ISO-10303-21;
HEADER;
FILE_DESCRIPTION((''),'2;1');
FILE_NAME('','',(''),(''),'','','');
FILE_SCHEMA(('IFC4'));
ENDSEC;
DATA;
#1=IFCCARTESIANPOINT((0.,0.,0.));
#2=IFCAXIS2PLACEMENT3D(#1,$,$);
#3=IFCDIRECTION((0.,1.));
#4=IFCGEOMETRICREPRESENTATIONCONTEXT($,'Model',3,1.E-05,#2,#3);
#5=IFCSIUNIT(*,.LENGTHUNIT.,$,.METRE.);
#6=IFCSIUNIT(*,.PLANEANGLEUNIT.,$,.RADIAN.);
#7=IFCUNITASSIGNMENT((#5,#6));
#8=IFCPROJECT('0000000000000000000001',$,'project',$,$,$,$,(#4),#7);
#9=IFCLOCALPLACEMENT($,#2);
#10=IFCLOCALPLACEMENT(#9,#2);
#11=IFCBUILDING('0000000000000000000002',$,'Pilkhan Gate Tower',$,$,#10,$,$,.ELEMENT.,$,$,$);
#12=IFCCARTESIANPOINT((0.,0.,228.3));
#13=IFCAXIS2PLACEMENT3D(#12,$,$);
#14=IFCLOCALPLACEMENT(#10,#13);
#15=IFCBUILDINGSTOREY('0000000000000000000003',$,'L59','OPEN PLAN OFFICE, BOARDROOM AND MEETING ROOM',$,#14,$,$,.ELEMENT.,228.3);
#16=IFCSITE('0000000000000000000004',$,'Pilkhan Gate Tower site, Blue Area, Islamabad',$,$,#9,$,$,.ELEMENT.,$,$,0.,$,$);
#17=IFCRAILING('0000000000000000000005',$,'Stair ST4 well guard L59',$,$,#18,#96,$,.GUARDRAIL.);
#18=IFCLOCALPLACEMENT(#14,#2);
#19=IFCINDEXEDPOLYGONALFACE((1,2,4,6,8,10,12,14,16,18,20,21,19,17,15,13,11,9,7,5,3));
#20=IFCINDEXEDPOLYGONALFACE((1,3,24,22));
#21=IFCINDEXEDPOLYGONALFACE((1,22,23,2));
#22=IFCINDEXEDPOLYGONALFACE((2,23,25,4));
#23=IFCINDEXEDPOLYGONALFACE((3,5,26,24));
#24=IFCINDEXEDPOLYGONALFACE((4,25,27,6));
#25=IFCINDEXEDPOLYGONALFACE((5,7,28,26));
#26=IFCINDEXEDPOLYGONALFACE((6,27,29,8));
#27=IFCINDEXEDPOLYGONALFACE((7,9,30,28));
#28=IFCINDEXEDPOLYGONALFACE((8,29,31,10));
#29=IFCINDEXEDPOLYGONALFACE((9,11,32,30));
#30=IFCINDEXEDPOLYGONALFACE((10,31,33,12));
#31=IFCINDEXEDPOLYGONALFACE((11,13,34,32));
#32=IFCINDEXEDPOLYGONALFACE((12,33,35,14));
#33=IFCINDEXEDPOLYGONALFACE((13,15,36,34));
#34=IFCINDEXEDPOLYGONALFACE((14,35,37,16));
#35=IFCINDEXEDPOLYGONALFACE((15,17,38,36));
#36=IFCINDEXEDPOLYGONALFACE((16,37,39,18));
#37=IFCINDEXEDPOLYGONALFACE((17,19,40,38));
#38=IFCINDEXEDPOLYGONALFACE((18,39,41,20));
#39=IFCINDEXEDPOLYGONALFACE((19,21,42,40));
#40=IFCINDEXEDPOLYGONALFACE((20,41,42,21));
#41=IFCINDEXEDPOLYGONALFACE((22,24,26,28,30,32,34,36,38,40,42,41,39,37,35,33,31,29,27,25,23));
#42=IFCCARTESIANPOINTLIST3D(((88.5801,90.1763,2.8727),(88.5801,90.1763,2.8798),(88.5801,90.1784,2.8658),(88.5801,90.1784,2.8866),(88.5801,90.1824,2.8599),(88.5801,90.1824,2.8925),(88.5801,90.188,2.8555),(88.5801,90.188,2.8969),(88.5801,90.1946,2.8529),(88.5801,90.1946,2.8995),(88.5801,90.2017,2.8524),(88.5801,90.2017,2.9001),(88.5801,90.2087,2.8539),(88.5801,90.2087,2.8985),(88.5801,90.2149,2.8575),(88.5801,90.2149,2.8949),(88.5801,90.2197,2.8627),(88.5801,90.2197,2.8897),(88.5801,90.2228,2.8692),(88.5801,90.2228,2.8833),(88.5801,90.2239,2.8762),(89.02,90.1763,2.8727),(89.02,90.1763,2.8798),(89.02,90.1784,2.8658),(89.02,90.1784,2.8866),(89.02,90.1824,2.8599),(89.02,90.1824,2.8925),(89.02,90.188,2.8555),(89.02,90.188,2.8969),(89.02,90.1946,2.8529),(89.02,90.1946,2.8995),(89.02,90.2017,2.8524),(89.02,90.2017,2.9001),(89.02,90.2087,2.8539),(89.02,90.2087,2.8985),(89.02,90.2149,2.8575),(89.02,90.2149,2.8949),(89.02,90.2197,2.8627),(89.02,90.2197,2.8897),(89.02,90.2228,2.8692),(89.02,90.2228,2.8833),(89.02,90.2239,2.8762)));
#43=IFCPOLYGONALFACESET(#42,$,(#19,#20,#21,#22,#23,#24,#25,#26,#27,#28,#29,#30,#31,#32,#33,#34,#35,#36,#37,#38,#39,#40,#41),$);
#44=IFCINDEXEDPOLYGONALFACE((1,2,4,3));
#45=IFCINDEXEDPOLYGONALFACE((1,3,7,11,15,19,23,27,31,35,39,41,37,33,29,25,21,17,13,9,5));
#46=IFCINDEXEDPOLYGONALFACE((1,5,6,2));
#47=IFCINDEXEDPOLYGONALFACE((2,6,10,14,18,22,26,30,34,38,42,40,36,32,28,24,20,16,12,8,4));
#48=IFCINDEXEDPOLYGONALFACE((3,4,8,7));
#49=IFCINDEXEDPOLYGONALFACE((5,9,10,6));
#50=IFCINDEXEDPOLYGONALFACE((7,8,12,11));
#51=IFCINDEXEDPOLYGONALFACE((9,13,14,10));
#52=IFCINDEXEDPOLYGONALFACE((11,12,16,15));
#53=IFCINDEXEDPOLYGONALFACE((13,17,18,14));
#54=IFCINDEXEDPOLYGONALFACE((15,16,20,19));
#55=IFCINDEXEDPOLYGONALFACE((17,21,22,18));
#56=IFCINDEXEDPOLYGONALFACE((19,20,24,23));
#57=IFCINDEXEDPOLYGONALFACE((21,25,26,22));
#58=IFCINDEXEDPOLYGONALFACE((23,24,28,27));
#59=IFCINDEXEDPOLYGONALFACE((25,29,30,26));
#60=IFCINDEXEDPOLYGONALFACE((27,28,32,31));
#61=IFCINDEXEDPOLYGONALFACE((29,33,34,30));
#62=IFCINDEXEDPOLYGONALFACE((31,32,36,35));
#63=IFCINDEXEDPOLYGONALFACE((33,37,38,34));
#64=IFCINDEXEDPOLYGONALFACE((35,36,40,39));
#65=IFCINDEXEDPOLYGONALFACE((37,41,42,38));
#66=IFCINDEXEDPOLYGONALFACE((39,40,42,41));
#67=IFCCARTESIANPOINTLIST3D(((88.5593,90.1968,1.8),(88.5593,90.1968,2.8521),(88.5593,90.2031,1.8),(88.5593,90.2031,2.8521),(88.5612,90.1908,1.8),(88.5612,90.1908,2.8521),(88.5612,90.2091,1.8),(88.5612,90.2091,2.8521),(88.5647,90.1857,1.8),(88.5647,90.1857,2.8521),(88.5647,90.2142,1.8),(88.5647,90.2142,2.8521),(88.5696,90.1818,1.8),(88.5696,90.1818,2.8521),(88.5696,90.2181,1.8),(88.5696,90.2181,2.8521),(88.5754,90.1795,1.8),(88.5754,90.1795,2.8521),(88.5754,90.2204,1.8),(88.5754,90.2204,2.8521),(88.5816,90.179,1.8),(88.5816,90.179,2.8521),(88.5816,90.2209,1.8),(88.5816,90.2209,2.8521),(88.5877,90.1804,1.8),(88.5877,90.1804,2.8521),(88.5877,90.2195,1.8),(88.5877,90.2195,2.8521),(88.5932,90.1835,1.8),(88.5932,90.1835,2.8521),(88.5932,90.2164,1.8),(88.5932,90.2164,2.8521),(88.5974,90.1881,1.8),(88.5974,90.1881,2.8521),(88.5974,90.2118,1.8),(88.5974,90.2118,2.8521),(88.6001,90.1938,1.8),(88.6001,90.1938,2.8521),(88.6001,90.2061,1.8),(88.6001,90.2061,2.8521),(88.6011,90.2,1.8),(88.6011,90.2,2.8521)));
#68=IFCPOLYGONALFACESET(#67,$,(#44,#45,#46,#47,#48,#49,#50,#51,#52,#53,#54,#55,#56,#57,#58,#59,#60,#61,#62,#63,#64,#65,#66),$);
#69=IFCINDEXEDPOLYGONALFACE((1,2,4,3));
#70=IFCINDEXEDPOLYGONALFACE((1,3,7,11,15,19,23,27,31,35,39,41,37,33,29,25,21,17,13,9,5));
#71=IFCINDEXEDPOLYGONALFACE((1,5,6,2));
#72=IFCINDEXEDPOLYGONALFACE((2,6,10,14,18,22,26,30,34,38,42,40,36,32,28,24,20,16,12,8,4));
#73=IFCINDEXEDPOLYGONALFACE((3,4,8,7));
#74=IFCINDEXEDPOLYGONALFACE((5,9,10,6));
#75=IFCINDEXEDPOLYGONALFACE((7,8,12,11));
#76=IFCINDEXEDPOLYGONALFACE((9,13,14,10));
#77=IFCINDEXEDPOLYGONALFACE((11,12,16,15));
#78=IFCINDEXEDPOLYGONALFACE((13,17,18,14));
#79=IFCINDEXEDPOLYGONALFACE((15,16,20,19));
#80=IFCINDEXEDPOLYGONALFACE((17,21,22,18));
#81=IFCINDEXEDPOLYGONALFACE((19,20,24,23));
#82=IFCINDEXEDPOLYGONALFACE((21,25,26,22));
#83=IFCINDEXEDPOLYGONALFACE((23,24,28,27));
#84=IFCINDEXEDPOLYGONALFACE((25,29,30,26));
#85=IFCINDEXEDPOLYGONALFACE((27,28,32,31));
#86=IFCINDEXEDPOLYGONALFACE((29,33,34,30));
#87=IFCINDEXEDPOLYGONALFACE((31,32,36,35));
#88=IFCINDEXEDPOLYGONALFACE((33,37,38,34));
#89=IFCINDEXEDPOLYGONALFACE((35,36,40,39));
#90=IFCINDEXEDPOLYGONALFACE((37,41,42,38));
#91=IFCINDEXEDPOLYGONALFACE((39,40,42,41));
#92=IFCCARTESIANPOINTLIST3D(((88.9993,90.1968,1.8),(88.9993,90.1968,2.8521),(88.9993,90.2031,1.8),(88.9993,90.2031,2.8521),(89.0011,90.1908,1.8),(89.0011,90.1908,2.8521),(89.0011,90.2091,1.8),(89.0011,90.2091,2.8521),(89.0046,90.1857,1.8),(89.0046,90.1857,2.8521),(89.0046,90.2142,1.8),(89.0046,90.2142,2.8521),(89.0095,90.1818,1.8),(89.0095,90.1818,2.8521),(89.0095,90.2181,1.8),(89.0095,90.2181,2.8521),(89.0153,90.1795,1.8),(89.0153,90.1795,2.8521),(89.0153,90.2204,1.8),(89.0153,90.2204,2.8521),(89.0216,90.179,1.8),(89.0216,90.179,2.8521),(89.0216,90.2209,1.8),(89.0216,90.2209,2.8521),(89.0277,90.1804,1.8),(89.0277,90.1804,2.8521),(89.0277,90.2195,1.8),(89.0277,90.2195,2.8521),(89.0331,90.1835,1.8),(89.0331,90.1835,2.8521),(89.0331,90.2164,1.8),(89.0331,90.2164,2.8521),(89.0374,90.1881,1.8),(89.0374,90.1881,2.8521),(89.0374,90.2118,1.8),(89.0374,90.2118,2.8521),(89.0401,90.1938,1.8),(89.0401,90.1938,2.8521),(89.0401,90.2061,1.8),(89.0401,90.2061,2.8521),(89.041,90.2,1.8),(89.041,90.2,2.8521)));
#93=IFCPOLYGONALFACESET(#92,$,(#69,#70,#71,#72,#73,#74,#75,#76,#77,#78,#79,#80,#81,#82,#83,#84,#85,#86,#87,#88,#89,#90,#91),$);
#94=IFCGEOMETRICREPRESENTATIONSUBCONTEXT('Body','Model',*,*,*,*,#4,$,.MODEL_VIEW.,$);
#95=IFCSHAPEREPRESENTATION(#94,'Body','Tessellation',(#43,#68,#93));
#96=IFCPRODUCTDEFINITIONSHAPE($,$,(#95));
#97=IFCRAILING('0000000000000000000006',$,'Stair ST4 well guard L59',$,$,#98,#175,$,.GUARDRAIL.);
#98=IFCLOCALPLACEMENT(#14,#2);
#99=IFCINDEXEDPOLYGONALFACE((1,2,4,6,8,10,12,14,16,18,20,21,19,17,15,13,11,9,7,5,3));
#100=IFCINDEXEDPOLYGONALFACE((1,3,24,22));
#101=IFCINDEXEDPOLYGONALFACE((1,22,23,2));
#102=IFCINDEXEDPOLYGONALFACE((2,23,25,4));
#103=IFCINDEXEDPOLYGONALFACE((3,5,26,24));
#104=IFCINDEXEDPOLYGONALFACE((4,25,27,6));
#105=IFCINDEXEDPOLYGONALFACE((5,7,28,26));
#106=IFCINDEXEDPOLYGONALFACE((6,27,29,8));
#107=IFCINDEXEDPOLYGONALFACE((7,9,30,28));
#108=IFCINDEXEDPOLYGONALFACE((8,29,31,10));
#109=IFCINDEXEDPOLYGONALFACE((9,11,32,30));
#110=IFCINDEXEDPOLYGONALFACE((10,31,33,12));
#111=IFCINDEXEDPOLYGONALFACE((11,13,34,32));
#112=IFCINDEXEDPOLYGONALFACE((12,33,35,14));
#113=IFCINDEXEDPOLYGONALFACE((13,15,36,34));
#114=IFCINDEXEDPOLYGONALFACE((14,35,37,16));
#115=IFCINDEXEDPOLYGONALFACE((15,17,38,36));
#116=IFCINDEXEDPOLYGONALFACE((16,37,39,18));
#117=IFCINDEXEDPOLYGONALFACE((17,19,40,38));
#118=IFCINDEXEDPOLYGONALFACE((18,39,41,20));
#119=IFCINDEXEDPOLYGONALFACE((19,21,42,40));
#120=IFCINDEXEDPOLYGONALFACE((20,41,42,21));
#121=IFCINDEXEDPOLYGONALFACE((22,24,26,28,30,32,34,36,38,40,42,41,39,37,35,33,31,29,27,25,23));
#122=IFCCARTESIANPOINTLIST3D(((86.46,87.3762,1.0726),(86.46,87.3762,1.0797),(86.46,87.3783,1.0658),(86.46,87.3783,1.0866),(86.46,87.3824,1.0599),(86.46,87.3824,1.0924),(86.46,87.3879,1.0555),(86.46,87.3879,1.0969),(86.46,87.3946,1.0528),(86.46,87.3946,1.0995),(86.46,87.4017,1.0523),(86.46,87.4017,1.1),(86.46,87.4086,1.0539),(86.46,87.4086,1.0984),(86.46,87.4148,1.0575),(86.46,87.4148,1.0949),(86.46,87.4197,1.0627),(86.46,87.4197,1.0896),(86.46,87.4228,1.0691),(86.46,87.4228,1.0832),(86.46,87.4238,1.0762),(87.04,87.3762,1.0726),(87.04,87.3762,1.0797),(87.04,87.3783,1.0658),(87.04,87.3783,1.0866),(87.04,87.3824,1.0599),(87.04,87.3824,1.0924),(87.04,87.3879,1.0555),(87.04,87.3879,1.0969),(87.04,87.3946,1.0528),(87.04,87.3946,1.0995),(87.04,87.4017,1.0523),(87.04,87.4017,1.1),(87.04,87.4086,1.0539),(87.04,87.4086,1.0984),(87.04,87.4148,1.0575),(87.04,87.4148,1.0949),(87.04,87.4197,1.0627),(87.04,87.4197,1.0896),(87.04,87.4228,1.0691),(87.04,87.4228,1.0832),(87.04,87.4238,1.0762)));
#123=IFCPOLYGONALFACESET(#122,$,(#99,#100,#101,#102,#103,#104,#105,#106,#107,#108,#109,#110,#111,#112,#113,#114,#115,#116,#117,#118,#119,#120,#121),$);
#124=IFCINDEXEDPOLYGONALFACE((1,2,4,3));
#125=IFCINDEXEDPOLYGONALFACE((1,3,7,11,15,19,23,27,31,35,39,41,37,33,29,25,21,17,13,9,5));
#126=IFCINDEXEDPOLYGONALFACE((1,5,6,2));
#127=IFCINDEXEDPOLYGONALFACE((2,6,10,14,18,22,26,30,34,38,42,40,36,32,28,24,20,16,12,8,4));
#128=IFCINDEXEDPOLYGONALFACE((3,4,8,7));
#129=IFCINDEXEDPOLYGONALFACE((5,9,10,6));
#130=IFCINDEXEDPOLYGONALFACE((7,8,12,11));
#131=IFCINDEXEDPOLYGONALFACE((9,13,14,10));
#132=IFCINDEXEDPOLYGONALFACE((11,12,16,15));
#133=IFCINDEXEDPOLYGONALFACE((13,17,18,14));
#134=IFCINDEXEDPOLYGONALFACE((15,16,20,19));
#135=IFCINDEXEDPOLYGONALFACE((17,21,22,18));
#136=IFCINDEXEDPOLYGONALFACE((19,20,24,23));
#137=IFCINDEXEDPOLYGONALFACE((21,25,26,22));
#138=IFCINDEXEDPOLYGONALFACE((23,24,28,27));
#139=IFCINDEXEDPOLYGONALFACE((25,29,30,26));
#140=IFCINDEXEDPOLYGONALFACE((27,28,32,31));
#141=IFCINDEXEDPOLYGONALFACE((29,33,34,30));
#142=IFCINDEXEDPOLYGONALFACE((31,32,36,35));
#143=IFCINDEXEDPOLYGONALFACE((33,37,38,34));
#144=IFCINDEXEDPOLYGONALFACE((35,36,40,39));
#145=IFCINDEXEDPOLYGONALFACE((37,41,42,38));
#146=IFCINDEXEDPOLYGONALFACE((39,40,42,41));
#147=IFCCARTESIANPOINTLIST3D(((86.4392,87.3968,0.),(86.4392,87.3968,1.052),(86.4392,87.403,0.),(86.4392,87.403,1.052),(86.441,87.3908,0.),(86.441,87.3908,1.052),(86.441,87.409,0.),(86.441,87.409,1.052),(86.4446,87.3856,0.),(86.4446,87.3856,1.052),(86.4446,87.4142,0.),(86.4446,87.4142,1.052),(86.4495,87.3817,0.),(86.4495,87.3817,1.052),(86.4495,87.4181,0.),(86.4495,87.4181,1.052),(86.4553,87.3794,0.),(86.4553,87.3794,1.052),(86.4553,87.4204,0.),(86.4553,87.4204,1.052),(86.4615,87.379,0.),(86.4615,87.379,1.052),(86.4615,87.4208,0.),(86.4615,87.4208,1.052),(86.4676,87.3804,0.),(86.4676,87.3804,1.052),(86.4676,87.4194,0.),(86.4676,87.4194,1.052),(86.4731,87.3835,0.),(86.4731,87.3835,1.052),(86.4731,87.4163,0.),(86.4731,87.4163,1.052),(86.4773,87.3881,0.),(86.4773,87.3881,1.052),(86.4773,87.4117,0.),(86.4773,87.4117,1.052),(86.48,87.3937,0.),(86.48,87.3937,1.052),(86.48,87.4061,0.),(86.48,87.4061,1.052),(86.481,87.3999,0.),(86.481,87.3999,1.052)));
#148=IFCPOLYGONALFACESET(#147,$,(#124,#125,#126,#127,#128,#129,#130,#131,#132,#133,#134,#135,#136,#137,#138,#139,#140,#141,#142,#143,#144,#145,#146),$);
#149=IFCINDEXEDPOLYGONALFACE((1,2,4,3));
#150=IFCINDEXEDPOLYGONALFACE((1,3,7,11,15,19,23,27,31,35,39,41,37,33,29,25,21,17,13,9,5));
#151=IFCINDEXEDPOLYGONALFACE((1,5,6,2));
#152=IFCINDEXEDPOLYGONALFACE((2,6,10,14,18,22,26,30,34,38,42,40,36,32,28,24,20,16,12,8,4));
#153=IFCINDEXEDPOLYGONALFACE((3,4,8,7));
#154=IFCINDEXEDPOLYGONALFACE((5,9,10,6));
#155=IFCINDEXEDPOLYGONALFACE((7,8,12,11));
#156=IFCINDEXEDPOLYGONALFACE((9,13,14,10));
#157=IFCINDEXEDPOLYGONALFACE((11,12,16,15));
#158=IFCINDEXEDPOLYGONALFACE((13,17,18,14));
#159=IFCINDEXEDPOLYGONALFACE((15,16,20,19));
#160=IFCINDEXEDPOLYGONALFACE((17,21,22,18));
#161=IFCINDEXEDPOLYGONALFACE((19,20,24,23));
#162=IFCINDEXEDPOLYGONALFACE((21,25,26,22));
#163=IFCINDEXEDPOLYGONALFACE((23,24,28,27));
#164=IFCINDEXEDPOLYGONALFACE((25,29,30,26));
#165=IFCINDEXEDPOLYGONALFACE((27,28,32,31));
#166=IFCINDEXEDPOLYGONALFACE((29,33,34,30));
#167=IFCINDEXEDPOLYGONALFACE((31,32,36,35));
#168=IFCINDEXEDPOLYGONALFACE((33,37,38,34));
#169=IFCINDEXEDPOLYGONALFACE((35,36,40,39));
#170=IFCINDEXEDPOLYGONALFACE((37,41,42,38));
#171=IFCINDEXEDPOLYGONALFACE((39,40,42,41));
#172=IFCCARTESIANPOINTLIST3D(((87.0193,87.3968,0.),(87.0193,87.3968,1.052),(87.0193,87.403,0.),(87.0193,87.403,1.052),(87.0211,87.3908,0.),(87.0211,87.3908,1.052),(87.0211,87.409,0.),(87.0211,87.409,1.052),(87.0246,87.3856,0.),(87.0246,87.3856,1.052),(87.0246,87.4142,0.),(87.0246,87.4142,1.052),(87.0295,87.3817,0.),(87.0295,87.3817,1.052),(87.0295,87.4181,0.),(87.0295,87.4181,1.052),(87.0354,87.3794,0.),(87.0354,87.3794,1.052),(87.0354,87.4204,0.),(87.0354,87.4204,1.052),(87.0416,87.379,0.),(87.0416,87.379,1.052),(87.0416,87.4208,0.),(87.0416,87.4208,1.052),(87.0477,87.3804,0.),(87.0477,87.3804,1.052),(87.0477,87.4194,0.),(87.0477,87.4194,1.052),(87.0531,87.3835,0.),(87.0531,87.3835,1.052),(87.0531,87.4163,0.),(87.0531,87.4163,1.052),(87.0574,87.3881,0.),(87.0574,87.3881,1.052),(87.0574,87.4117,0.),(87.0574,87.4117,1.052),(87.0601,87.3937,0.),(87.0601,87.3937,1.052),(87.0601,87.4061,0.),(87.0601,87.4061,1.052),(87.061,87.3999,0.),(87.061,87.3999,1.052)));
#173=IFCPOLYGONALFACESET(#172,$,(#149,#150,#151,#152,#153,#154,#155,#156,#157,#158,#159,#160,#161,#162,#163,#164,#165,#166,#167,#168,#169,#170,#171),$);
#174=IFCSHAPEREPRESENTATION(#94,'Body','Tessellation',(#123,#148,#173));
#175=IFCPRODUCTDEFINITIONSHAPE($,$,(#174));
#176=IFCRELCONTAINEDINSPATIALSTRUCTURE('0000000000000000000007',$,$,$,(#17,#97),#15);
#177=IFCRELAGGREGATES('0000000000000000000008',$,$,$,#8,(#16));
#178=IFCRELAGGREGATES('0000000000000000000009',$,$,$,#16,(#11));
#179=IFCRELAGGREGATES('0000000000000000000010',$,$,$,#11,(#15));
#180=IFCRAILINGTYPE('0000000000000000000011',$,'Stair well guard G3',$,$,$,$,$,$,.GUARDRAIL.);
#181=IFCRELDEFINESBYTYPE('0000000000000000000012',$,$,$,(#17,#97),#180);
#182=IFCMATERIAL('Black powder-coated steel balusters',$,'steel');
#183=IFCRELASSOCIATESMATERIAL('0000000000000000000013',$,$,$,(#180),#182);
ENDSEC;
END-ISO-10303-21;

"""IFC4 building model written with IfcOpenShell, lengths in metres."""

from ifc_helpers import new_model, si_unit, direction, frame, origin, origin_2d, place, context, subcontext, project, spatial, circle, extrude, material, type_object, element, save


model = new_model("IFC4")

# Units and contexts
model_context = context("Model", 3, precision=1e-05, world=origin(), true_north=direction((0.0, 1.0)))
body_context = subcontext(model_context, "Body", "Model", "MODEL_VIEW")
ifc_project = project(units=[si_unit("LENGTHUNIT", "METRE"), si_unit("PLANEANGLEUNIT", "RADIAN")], contexts=[model_context])

# Site, building, storey
site_placement = place(None, origin())
site = spatial("IfcSite", under=ifc_project, at=site_placement, Name="Pilkhan Gate Tower site, Blue Area, Islamabad", CompositionType="ELEMENT", RefElevation=0.0)
building_placement = place(site_placement, origin())
building = spatial("IfcBuilding", under=site, at=building_placement, Name="Pilkhan Gate Tower", CompositionType="ELEMENT")
storey_placement = place(building_placement, frame((0.0, 0.0, 228.3)))
storey = spatial("IfcBuildingStorey", under=building, at=storey_placement, Name="L59", Description="OPEN PLAN OFFICE, BOARDROOM AND MEETING ROOM", CompositionType="ELEMENT", Elevation=228.3)

# Railings
ifc_material_1 = material(Name="Black powder-coated steel balusters", Category="steel")
railing_type_1 = type_object("IfcRailingType", Name="Stair well guard G3", PredefinedType="GUARDRAIL", material=ifc_material_1)
railing_1_placement = place(storey_placement, frame((88.5801, 90.2, 1.8)))
element("IfcRailing", 1, at=railing_1_placement, inside=storey, type_object=railing_type_1, Name="Stair ST4 well guard L59", PredefinedType="GUARDRAIL", context=body_context, shape_type="SweptSolid", body=[
    extrude(circle(Radius=0.0239, at=origin_2d()), frame((0.0, 0.0, 1.0762), z_axis=(1.0, 0.0, 0.0), x_axis=(0.0, 1.0, 0.0)), (0.0, 0.0, 1.0), 0.4399),
    extrude(circle(Radius=0.021, at=origin_2d()), origin(), (0.0, 0.0, 1.0), 1.052),
    extrude(circle(Radius=0.021, at=origin_2d()), frame((0.4399, 0.0, 0.0)), (0.0, 0.0, 1.0), 1.052),
])
for number, where, name in (
    (2, (86.46, 87.3999, 0.0), "Stair ST4 well guard L59"),
):
    element("IfcRailing", number, at=place(storey_placement, frame(where)), inside=storey, type_object=railing_type_1, Name=name, PredefinedType="GUARDRAIL", context=body_context, shape_type="SweptSolid", body=[
        extrude(circle(Radius=0.0239, at=origin_2d()), frame((0.0, 0.0, 1.0762), z_axis=(1.0, 0.0, 0.0), x_axis=(0.0, 1.0, 0.0)), (0.0, 0.0, 1.0), 0.5801),
        extrude(circle(Radius=0.021, at=origin_2d()), origin(), (0.0, 0.0, 1.0), 1.052),
        extrude(circle(Radius=0.021, at=origin_2d()), frame((0.5801, 0.0, 0.0)), (0.0, 0.0, 1.0), 1.052),
    ])

save(model, "model.ifc")
